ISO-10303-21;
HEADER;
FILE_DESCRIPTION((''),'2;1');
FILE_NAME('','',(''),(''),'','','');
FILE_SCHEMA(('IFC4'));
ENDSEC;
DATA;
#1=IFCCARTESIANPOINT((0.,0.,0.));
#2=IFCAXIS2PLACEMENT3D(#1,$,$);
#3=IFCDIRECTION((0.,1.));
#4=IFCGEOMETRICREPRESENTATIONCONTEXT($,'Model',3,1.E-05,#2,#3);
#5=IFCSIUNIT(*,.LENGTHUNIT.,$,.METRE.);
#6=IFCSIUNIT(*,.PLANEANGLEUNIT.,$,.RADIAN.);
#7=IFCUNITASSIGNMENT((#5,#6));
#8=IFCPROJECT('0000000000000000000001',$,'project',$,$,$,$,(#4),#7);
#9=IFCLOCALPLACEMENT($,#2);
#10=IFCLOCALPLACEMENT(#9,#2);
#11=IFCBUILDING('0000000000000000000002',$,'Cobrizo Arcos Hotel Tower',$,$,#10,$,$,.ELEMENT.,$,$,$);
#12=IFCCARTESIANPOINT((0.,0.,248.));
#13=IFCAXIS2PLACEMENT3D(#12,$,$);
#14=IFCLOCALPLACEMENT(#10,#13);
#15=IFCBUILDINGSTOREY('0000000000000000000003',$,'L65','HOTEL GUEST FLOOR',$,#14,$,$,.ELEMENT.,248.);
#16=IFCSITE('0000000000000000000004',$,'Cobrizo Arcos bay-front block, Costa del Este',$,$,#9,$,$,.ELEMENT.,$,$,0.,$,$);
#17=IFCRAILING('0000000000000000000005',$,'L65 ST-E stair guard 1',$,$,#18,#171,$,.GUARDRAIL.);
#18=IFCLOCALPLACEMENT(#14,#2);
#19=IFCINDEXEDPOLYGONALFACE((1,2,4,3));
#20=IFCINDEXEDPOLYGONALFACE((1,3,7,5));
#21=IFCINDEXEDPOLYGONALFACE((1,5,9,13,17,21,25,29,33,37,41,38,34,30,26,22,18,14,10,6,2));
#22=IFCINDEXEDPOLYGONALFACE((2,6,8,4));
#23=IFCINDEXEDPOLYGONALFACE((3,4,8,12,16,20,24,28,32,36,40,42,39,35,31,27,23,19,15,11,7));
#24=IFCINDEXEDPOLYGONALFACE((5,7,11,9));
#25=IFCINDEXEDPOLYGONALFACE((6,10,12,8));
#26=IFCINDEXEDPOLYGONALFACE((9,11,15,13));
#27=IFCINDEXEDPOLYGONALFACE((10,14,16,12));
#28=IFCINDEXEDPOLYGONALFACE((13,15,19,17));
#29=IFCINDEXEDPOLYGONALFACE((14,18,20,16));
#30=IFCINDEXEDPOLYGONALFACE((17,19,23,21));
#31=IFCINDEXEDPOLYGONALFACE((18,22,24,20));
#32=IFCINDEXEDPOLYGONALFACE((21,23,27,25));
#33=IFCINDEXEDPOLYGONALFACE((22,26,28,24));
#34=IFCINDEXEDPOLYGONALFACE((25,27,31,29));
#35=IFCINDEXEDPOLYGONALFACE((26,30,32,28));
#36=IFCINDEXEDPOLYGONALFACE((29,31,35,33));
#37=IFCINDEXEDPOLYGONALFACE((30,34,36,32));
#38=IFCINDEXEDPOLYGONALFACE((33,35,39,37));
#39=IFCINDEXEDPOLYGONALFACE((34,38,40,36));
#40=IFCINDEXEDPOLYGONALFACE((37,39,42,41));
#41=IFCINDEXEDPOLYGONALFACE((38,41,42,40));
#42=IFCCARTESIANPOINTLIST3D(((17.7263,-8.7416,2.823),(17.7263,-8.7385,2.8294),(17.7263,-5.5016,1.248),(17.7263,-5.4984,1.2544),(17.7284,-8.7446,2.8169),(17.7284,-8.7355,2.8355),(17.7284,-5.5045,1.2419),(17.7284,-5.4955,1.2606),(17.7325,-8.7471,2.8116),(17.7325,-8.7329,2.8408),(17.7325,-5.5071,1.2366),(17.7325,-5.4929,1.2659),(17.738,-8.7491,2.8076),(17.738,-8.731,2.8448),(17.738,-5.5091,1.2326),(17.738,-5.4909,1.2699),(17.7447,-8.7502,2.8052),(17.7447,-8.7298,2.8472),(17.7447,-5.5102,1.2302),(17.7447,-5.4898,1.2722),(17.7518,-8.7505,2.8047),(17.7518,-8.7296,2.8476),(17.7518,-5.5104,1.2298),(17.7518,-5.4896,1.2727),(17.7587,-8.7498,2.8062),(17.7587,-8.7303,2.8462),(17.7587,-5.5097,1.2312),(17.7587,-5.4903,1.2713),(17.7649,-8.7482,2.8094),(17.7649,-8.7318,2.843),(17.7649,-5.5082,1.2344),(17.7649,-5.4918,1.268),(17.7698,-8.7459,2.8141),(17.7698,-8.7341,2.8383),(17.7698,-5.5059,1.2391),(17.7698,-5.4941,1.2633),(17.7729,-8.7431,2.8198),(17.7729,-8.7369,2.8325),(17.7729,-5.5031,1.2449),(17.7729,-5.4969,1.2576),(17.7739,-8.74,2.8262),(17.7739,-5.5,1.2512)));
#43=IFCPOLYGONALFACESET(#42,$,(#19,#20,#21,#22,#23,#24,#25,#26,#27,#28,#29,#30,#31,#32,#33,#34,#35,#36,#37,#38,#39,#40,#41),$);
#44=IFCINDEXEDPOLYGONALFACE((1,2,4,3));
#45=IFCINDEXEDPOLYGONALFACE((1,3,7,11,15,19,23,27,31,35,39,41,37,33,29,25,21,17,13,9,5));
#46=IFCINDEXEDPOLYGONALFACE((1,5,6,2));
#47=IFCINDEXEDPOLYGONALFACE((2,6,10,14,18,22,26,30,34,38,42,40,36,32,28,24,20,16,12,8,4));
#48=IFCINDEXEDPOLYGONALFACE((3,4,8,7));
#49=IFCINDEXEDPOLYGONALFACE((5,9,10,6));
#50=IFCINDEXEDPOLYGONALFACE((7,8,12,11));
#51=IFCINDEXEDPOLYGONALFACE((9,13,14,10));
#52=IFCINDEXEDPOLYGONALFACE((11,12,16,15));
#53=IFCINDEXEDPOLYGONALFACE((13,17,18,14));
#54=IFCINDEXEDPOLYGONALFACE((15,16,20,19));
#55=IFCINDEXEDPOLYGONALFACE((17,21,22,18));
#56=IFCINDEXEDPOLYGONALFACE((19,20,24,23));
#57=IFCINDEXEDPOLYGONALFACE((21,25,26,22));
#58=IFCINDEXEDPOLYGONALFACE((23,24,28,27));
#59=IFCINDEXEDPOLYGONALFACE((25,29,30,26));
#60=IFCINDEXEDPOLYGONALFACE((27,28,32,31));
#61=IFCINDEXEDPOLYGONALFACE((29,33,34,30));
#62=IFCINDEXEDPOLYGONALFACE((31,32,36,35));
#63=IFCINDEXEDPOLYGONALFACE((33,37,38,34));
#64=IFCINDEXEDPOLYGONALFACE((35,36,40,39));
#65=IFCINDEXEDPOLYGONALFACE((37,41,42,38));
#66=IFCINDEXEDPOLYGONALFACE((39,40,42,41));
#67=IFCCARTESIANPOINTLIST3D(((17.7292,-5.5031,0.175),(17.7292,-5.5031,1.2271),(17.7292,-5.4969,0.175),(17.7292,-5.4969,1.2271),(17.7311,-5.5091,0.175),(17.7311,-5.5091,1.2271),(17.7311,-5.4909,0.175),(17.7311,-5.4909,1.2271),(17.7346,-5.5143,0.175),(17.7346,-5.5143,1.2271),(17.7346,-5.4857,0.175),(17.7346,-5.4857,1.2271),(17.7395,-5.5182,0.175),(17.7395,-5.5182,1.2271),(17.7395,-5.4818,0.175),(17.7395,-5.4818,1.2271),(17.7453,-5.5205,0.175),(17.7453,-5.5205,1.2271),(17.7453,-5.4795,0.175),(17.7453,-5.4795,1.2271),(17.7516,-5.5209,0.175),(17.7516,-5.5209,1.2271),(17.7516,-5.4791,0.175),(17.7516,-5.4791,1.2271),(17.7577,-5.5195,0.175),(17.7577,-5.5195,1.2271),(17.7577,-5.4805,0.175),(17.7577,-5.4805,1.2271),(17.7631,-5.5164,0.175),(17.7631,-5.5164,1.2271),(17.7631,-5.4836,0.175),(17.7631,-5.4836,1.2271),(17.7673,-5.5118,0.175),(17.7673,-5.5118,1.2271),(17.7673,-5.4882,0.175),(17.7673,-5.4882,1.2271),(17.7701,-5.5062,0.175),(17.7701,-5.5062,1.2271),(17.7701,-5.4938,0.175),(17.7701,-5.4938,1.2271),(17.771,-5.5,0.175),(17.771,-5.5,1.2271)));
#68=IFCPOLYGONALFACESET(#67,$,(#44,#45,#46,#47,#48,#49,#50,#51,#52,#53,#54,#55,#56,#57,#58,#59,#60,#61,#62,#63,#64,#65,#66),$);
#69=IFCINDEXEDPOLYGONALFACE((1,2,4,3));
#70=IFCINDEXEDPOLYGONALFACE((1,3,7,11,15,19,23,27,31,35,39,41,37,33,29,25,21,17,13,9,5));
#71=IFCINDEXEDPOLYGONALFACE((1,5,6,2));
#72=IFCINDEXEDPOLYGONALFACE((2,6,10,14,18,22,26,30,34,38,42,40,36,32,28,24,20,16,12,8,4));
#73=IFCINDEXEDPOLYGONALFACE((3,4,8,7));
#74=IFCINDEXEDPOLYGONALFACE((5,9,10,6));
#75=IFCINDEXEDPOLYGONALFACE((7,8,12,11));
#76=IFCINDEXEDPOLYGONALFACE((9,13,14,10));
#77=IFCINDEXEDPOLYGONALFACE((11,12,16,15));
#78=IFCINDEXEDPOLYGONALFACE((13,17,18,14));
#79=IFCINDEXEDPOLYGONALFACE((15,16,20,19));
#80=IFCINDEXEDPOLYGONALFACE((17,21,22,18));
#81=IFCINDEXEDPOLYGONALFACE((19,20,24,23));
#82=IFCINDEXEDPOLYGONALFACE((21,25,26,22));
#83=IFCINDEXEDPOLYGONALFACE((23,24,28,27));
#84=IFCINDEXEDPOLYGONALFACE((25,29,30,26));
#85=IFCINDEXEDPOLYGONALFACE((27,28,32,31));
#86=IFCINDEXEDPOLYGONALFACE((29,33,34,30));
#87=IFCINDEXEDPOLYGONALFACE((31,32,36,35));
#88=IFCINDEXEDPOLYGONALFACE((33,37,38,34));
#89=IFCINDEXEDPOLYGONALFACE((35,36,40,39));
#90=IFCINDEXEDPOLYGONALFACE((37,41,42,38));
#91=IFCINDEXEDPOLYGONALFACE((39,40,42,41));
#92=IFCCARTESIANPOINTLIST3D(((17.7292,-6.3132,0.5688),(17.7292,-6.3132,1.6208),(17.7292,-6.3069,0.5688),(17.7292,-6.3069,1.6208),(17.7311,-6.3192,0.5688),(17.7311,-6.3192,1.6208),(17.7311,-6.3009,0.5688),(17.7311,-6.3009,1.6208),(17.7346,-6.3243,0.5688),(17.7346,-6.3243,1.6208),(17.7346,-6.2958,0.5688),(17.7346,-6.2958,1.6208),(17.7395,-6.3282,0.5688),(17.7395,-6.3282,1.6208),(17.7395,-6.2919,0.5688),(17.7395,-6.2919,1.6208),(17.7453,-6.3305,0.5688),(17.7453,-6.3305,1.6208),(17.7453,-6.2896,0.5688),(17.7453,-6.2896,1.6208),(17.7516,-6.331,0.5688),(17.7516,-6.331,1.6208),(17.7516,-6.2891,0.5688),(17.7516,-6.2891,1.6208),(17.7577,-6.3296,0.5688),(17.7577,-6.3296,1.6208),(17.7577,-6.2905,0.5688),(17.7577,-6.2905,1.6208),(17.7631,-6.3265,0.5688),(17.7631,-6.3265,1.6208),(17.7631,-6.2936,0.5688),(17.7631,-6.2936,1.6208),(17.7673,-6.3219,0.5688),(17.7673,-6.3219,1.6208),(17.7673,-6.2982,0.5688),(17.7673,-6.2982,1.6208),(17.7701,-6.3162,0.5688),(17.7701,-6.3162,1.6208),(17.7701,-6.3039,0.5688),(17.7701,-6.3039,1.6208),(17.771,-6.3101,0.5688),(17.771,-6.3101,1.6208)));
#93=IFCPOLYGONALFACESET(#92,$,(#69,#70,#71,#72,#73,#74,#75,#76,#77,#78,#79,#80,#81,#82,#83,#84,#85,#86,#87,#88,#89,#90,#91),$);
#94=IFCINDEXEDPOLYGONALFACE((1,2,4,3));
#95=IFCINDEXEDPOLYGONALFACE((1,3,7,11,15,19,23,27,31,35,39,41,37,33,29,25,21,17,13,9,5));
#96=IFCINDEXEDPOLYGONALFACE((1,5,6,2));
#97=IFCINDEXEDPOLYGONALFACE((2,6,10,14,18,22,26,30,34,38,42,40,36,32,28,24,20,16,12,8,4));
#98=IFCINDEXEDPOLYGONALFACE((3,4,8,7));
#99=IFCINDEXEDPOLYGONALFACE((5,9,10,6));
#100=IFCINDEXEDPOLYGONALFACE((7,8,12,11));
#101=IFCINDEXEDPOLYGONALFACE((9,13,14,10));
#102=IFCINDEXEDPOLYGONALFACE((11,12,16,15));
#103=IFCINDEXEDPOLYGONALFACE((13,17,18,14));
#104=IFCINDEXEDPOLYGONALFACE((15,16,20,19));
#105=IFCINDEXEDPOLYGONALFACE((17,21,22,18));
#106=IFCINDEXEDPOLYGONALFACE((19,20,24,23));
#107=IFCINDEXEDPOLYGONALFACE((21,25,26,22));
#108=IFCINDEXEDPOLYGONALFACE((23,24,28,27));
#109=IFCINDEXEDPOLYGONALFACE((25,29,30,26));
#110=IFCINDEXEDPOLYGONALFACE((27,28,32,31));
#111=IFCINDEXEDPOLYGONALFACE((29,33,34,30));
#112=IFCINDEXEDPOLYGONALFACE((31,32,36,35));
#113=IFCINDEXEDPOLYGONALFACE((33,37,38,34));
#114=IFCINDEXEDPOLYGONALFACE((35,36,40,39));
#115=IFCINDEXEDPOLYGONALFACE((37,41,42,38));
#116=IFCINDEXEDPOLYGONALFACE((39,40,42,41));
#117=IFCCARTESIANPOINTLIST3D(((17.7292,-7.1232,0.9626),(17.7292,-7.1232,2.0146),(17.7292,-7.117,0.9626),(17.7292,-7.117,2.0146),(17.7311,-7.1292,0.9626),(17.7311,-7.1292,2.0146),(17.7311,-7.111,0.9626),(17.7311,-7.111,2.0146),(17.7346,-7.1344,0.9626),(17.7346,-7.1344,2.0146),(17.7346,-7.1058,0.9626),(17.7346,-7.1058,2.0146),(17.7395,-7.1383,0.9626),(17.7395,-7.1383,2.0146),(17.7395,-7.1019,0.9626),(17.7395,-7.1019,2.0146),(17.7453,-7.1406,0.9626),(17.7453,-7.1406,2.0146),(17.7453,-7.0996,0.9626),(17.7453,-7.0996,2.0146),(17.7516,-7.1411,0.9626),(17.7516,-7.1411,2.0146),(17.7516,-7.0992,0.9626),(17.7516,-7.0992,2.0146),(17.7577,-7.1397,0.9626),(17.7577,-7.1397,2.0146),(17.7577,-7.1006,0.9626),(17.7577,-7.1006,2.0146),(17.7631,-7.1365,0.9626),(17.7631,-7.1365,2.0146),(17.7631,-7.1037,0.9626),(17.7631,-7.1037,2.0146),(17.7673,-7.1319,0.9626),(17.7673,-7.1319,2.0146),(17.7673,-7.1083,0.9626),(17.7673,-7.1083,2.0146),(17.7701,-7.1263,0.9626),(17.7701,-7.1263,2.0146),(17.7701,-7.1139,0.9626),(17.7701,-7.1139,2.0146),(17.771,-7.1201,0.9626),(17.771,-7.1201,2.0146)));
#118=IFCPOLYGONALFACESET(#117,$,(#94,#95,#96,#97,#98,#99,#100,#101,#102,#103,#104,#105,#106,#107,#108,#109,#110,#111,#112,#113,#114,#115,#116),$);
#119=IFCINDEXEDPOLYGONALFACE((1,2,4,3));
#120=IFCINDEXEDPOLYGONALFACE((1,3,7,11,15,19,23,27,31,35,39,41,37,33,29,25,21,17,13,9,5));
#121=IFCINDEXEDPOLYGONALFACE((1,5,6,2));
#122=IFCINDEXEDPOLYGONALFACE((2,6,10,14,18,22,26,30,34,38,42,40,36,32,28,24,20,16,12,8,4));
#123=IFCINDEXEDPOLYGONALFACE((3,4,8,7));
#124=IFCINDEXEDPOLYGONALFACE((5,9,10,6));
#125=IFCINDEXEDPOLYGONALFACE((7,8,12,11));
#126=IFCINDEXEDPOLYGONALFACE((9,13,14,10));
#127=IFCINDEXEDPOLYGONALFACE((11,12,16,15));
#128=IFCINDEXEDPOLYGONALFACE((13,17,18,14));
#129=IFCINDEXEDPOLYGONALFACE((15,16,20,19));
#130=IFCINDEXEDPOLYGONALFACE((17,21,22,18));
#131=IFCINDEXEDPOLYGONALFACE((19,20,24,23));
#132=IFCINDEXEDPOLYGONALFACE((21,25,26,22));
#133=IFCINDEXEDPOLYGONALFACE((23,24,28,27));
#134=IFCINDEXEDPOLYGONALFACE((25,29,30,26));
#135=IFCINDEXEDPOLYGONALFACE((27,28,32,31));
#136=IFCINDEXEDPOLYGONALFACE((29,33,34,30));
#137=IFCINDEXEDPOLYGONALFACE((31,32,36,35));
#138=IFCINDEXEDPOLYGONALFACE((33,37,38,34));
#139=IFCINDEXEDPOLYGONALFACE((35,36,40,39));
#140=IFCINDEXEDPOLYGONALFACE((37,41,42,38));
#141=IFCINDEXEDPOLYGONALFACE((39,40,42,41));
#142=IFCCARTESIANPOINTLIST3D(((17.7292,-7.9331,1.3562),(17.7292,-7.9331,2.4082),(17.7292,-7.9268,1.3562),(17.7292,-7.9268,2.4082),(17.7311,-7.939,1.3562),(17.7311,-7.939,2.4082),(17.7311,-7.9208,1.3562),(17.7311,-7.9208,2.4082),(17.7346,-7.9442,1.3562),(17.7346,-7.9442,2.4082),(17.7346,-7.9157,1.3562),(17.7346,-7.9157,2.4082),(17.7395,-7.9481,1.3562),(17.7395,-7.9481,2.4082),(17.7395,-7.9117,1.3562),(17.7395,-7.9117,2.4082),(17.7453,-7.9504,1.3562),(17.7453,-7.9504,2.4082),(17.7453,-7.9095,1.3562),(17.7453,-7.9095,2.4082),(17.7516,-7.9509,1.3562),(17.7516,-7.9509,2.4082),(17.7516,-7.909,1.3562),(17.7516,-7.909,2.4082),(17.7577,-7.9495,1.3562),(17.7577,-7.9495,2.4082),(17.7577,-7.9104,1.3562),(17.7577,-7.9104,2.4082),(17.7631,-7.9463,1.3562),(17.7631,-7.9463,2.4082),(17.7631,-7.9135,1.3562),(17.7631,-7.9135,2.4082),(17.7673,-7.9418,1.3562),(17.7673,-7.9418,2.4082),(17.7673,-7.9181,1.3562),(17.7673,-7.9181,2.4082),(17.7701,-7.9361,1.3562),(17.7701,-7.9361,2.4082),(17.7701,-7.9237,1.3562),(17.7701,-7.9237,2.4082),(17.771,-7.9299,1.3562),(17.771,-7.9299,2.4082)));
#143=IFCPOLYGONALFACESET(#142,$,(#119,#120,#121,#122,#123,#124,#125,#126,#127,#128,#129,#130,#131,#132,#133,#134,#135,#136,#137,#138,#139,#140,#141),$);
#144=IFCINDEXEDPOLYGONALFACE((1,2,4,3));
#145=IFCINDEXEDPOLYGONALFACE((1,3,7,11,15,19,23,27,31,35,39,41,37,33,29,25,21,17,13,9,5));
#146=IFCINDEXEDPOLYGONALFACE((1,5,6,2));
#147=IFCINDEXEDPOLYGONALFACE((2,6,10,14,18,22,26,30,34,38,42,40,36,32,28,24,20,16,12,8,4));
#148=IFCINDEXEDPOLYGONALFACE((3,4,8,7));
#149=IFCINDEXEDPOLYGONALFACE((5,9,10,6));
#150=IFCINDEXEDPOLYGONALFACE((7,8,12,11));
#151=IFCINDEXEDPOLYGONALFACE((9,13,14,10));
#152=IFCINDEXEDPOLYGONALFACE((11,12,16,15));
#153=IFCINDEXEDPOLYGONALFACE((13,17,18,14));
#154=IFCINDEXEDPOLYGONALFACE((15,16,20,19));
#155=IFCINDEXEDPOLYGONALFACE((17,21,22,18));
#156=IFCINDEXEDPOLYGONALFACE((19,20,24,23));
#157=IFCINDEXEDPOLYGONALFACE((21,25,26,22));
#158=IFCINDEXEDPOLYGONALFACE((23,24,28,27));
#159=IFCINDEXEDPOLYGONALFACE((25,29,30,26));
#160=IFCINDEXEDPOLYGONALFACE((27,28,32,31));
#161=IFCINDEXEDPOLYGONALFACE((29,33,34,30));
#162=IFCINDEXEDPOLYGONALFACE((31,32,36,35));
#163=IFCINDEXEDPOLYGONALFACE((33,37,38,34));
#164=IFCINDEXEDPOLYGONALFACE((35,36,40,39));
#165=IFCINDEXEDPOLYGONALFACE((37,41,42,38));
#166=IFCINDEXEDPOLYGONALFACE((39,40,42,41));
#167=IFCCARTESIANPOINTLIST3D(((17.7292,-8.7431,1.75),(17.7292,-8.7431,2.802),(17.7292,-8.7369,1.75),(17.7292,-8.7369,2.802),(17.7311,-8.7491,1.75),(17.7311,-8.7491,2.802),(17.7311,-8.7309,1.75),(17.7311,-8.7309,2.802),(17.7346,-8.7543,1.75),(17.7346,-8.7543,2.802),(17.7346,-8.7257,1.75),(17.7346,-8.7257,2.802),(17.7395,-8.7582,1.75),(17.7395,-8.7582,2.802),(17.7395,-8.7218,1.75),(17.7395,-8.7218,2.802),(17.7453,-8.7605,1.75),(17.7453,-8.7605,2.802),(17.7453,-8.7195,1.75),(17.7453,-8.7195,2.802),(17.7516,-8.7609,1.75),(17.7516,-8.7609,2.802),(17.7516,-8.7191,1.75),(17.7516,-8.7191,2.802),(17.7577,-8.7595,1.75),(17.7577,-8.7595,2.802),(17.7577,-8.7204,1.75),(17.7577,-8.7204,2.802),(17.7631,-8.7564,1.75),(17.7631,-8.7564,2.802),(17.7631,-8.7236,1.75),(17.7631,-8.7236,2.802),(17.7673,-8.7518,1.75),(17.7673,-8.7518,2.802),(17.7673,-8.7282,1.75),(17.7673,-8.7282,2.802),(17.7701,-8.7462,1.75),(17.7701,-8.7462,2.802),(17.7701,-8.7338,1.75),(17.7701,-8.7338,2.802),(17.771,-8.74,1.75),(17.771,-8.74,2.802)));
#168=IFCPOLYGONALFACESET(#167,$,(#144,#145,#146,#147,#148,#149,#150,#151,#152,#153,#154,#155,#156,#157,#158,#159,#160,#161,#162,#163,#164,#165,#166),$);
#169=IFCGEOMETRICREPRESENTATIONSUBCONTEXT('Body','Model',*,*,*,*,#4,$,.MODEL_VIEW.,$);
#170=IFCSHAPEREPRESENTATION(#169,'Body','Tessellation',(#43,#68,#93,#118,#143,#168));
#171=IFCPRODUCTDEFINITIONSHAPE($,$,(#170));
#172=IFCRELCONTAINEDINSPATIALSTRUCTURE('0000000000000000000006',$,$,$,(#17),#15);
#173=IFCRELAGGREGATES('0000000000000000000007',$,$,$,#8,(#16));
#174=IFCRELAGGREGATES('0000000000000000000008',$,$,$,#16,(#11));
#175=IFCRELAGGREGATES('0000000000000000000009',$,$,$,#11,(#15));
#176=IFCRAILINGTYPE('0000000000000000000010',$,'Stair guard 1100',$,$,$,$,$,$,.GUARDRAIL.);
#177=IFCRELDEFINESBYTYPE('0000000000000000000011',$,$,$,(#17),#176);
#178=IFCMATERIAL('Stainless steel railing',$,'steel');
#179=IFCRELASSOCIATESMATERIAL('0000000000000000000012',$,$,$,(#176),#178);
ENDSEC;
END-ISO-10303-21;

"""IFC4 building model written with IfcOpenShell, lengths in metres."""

from ifc_helpers import new_model, si_unit, direction, frame, origin, origin_2d, place, context, subcontext, project, spatial, circle, extrude, material, type_object, element, save


model = new_model("IFC4")

# Units and contexts
model_context = context("Model", 3, precision=1e-05, world=origin(), true_north=direction((0.0, 1.0)))
body_context = subcontext(model_context, "Body", "Model", "MODEL_VIEW")
ifc_project = project(units=[si_unit("LENGTHUNIT", "METRE"), si_unit("PLANEANGLEUNIT", "RADIAN")], contexts=[model_context])

# Site, building, storey
site_placement = place(None, origin())
site = spatial("IfcSite", under=ifc_project, at=site_placement, Name="Cobrizo Arcos bay-front block, Costa del Este", CompositionType="ELEMENT", RefElevation=0.0)
building_placement = place(site_placement, origin())
building = spatial("IfcBuilding", under=site, at=building_placement, Name="Cobrizo Arcos Hotel Tower", CompositionType="ELEMENT")
storey_placement = place(building_placement, frame((0.0, 0.0, 248.0)))
storey = spatial("IfcBuildingStorey", under=building, at=storey_placement, Name="L65", Description="HOTEL GUEST FLOOR", CompositionType="ELEMENT", Elevation=248.0)

# Railing
ifc_material_1 = material(Name="Stainless steel railing", Category="steel")
railing_type_1 = type_object("IfcRailingType", Name="Stair guard 1100", PredefinedType="GUARDRAIL", material=ifc_material_1)
railing_1_placement = place(storey_placement, frame((17.75, -5.5, 0.175)))
element("IfcRailing", 1, at=railing_1_placement, inside=storey, type_object=railing_type_1, Name="L65 ST-E stair guard 1", PredefinedType="GUARDRAIL", context=body_context, shape_type="SweptSolid", body=[
    extrude(circle(Radius=0.0239, at=origin_2d()), frame((0.0, 0.0, 1.0762), z_axis=(0.0, -0.899373, 0.437183), x_axis=(1.0, 0.0, 0.0)), (0.0, 0.0, 1.0), 3.6025),
    extrude(circle(Radius=0.021, at=origin_2d()), origin(), (0.0, 0.0, 1.0), 1.052),
    extrude(circle(Radius=0.021, at=origin_2d()), frame((0.0, -0.8101, 0.3938)), (0.0, 0.0, 1.0), 1.052),
    extrude(circle(Radius=0.021, at=origin_2d()), frame((0.0, -1.6201, 0.7876)), (0.0, 0.0, 1.0), 1.052),
    extrude(circle(Radius=0.021, at=origin_2d()), frame((0.0, -2.4299, 1.1812)), (0.0, 0.0, 1.0), 1.052),
    extrude(circle(Radius=0.021, at=origin_2d()), frame((0.0, -3.24, 1.575)), (0.0, 0.0, 1.0), 1.052),
])

save(model, "model.ifc")
